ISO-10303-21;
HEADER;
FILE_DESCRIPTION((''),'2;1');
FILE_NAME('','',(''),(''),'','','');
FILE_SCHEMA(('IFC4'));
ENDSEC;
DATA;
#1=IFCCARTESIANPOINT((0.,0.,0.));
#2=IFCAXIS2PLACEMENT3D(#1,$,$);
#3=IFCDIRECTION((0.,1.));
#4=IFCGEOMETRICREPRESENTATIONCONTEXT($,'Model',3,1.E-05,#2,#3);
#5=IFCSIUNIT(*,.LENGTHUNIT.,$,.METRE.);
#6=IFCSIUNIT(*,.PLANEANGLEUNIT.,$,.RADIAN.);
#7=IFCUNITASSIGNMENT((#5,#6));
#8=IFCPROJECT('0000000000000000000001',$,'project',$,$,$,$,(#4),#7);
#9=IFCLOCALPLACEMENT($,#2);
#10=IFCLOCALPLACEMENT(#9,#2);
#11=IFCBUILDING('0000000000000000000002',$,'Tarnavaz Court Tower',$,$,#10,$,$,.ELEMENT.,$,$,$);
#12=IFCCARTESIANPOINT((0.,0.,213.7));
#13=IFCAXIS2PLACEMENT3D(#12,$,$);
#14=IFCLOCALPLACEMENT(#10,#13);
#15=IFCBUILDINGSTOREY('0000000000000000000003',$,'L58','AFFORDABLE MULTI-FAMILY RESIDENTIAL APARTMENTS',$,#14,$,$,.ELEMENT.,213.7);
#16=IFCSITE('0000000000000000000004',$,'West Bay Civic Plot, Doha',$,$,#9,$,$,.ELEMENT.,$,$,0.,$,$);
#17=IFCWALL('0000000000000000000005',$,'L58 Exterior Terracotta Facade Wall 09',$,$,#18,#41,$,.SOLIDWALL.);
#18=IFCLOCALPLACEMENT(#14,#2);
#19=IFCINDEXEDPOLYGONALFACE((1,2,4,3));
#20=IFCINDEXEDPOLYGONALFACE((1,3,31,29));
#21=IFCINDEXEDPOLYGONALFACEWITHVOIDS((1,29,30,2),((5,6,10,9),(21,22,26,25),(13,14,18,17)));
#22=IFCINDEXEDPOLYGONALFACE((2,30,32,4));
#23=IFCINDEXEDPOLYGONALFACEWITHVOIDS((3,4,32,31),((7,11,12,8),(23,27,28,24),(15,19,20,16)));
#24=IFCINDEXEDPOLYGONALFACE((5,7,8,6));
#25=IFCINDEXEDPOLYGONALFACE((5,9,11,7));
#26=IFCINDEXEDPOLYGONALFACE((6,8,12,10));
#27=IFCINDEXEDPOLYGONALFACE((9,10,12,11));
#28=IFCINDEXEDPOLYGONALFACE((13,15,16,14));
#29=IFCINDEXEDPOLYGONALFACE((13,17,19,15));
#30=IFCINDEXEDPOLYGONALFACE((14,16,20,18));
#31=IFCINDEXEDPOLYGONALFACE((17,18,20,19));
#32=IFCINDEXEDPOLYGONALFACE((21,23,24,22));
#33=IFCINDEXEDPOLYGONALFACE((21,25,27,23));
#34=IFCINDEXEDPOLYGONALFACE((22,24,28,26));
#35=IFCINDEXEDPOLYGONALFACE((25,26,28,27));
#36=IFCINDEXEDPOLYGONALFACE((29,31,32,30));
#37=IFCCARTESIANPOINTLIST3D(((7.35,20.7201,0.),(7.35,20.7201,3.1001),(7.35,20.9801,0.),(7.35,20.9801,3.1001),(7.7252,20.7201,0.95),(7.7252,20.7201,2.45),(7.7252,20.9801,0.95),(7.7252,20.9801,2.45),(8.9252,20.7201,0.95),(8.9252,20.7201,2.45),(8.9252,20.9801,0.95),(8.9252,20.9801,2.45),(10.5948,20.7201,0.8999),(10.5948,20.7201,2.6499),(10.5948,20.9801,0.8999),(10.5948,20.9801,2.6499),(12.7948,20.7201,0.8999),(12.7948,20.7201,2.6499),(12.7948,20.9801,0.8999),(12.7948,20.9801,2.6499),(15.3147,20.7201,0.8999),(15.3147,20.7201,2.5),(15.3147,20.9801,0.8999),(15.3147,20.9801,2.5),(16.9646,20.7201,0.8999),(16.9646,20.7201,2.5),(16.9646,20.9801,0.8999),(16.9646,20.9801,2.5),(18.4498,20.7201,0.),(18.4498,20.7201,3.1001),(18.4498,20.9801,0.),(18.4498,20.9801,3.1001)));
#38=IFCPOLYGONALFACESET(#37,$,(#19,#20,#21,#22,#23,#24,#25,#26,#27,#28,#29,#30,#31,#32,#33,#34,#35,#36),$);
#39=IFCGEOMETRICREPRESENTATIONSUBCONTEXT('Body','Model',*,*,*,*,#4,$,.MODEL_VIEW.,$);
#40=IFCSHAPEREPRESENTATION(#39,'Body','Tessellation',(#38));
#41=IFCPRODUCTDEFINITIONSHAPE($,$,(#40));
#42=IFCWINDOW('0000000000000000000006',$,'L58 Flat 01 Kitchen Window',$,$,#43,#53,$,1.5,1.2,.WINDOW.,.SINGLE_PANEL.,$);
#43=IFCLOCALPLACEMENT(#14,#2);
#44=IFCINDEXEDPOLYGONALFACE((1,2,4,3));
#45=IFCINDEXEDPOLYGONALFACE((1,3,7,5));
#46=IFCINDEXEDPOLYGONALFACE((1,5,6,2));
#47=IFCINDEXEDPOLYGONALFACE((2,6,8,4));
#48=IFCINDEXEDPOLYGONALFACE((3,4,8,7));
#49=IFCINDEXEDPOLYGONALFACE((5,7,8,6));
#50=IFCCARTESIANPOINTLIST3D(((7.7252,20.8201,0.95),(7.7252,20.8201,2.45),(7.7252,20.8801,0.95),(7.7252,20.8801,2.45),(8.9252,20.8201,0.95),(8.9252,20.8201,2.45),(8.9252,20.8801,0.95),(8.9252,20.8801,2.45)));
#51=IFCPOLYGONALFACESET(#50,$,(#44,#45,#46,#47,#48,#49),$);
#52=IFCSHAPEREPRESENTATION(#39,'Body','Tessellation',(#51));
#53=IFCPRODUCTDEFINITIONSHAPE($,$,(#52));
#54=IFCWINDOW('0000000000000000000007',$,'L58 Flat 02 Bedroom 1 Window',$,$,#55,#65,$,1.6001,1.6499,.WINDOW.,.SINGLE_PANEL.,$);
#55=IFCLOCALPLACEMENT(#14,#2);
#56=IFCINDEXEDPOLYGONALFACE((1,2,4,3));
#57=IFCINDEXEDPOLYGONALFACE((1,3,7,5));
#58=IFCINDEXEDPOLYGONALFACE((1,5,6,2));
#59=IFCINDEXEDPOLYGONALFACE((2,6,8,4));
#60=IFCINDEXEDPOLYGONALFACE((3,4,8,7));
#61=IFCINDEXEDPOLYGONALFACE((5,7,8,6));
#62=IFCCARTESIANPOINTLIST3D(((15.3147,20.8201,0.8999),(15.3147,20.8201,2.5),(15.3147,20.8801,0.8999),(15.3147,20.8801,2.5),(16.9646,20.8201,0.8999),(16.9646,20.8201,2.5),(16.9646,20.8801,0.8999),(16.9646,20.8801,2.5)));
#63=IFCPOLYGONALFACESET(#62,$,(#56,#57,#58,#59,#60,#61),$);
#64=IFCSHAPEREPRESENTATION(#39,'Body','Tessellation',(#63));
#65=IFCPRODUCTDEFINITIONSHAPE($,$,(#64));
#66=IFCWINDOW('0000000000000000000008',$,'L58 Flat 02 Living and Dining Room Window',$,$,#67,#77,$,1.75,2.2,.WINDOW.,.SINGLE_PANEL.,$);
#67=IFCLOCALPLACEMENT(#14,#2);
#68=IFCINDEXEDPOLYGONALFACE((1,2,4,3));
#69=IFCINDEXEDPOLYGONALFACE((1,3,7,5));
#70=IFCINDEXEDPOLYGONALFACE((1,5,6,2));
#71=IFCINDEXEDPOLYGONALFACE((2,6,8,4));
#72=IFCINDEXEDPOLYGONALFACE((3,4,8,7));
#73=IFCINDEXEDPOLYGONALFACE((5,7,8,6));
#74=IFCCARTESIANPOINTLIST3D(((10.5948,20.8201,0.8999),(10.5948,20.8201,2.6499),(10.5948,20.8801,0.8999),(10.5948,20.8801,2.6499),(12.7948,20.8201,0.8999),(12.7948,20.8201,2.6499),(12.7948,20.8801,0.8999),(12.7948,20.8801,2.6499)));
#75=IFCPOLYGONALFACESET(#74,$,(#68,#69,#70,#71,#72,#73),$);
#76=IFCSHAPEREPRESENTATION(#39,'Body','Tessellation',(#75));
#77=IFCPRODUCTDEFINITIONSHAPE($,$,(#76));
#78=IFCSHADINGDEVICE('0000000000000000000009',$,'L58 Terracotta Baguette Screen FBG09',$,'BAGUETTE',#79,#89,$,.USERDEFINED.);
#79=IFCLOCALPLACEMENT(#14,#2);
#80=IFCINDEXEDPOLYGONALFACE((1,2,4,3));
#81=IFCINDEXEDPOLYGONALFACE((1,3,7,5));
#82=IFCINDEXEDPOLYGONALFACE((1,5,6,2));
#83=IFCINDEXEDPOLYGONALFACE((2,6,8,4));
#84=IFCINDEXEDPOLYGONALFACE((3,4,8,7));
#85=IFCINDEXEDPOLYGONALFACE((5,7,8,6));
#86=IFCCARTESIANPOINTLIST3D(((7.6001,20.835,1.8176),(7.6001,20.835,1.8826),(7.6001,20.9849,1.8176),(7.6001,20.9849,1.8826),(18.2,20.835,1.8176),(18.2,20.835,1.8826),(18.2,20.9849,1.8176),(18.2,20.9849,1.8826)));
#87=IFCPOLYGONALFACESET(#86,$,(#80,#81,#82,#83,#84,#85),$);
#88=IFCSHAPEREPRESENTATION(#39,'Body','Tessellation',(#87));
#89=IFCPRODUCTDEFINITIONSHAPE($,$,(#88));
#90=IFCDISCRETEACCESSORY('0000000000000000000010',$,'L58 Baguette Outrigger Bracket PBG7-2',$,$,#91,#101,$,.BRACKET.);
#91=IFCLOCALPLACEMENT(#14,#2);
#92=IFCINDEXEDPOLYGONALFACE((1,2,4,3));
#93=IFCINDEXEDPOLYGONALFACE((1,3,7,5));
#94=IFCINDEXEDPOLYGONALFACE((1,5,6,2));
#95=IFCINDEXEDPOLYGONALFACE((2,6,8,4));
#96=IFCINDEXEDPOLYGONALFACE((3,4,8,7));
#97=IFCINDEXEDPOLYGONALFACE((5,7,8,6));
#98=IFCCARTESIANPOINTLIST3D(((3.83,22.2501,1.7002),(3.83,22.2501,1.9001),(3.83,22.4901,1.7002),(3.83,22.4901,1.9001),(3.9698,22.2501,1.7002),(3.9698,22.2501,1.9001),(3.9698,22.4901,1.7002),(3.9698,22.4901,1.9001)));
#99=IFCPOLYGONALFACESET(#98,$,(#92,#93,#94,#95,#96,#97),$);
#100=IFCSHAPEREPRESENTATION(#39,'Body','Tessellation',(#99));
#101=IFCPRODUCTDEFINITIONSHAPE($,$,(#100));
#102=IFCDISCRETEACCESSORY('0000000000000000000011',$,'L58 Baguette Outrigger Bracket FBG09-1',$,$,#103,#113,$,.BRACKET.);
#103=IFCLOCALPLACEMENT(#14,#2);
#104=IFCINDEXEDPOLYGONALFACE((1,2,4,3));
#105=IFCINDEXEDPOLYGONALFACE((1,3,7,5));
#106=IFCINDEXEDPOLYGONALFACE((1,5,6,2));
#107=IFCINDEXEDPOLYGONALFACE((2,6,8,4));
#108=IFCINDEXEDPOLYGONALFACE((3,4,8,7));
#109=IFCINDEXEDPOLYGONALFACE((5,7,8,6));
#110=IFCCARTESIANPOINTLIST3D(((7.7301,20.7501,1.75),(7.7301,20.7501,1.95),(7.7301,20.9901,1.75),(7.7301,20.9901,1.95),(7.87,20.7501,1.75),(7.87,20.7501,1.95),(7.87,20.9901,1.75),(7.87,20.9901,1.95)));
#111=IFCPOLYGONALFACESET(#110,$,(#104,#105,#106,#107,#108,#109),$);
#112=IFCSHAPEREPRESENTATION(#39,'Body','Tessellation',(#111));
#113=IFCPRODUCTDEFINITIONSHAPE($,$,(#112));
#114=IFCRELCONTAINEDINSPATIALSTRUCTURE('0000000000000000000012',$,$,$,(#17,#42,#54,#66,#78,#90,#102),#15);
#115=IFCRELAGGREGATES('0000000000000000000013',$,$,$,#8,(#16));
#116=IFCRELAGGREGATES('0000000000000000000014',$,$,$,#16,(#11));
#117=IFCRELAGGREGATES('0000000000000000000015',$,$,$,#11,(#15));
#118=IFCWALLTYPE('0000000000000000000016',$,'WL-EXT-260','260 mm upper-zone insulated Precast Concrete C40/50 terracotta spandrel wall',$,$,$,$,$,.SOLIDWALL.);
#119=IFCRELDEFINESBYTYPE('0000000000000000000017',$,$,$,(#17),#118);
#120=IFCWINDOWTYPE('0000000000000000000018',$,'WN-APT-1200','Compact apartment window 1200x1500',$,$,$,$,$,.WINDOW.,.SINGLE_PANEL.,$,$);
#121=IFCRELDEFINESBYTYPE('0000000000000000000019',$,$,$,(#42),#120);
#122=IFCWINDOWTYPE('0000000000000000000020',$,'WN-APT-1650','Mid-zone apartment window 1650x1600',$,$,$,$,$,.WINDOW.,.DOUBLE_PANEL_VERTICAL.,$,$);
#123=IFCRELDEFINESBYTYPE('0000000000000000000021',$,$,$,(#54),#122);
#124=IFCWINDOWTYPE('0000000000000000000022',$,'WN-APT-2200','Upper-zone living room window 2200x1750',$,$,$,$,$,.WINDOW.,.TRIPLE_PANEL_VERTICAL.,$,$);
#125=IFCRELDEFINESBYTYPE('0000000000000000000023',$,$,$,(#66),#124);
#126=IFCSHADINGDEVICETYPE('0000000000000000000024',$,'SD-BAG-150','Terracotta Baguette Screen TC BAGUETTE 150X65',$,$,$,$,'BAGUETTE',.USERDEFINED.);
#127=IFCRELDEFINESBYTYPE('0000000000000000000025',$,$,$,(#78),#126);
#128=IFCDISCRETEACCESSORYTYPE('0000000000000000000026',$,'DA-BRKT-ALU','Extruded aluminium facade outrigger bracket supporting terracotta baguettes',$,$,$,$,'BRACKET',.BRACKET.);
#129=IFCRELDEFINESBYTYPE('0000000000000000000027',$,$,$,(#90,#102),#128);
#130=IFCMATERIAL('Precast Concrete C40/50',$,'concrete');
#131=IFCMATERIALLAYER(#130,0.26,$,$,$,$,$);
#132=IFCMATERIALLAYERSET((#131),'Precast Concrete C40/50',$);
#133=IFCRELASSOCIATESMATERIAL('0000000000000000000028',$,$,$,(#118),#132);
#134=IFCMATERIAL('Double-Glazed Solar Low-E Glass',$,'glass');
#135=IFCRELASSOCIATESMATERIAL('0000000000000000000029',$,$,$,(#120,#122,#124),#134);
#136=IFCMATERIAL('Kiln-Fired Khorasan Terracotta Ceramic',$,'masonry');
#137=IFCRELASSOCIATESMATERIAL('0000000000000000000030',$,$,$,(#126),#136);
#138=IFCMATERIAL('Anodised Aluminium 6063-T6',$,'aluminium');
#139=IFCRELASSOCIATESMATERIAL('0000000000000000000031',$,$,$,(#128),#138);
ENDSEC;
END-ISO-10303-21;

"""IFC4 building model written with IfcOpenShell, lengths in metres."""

from ifc_helpers import new_model, si_unit, direction, frame, frame_2d, origin, origin_2d, place, context, subcontext, project, spatial, rectangle, extrude, material, layer, layer_set, material_profile, profile_set, type_object, element, fill, save


model = new_model("IFC4")

# Units and contexts
model_context = context("Model", 3, precision=1e-05, world=origin(), true_north=direction((0.0, 1.0)))
body_context = subcontext(model_context, "Body", "Model", "MODEL_VIEW")
ifc_project = project(units=[si_unit("LENGTHUNIT", "METRE"), si_unit("PLANEANGLEUNIT", "RADIAN")], contexts=[model_context])

# Site, building, storey
site_placement = place(None, origin())
site = spatial("IfcSite", under=ifc_project, at=site_placement, Name="West Bay Civic Plot, Doha", CompositionType="ELEMENT", RefElevation=0.0)
building_placement = place(site_placement, origin())
building = spatial("IfcBuilding", under=site, at=building_placement, Name="Tarnavaz Court Tower", CompositionType="ELEMENT")
storey_placement = place(building_placement, frame((0.0, 0.0, 213.7)))
storey = spatial("IfcBuildingStorey", under=building, at=storey_placement, Name="L58", Description="AFFORDABLE MULTI-FAMILY RESIDENTIAL APARTMENTS", CompositionType="ELEMENT", Elevation=213.7)

# Shared definitions
ifc_material_1 = material(Name="Anodised Aluminium 6063-T6", Category="aluminium")
ifc_material_2 = material(Name="Double-Glazed Solar Low-E Glass", Category="glass")

# Shared definitions
ifc_material_3 = material(Name="Precast Concrete C40/50", Category="concrete")
ifc_layer_1 = layer(ifc_material_3, 0.26)
ifc_layer_set_1 = layer_set([ifc_layer_1], Name="Precast Concrete C40/50")
wall_type = type_object("IfcWallType", Name="WL-EXT-260", Description="260 mm upper-zone insulated Precast Concrete C40/50 terracotta spandrel wall", PredefinedType="SOLIDWALL", material=ifc_layer_set_1)
window_type_1 = type_object("IfcWindowType", Name="WN-APT-1200", Description="Compact apartment window 1200x1500", PartitioningType="SINGLE_PANEL", PredefinedType="WINDOW", material=ifc_material_2)

# Wall, openings, windows
wall_1_placement = place(storey_placement, frame((7.3501, 20.8501, 0.0), z_axis=(0.0, 0.0, 1.0), x_axis=(1.0, 0.0, 0.0)))
wall_1 = element("IfcWall", 1, at=wall_1_placement, inside=storey, type_object=wall_type, Name="L58 Exterior Terracotta Facade Wall 09", PredefinedType="SOLIDWALL", context=body_context, shape_type="SweptSolid", body=[
    extrude(rectangle(XDim=11.0999, YDim=0.26, at=frame_2d((5.5498, 0.0))), origin(), (0.0, 0.0, 1.0), 3.1001),
])
opening_1_placement = place(wall_1_placement, frame((0.375, 0.0, 0.95)))
opening_1 = element("IfcOpeningElement", 2, at=opening_1_placement, cuts=wall_1, PredefinedType="OPENING", context=body_context, shape_type="SweptSolid", body=[
    extrude(rectangle(XDim=1.2, YDim=1.5, at=frame_2d((0.6001, 0.75))), frame((0.0, 0.1399, 0.0), z_axis=(0.0, -1.0, 0.0), x_axis=(1.0, 0.0, 0.0)), (0.0, 0.0, 1.0), 0.28),
])
opening_2_placement = place(wall_1_placement, frame((3.2446, 0.0, 0.8999)))
opening_2 = element("IfcOpeningElement", 3, at=opening_2_placement, cuts=wall_1, PredefinedType="OPENING", context=body_context, shape_type="SweptSolid", body=[
    extrude(rectangle(XDim=2.2, YDim=1.75, at=frame_2d((1.1001, 0.875))), frame((0.0, 0.1399, 0.0), z_axis=(0.0, -1.0, 0.0), x_axis=(1.0, 0.0, 0.0)), (0.0, 0.0, 1.0), 0.28),
])
opening_3_placement = place(wall_1_placement, frame((7.9646, 0.0, 0.8999)))
opening_3 = element("IfcOpeningElement", 4, at=opening_3_placement, cuts=wall_1, PredefinedType="OPENING", context=body_context, shape_type="SweptSolid", body=[
    extrude(rectangle(XDim=1.6499, YDim=1.6001, at=frame_2d((0.825, 0.8))), frame((0.0, 0.1399, 0.0), z_axis=(0.0, -1.0, 0.0), x_axis=(1.0, 0.0, 0.0)), (0.0, 0.0, 1.0), 0.28),
])
window_1_placement = place(opening_1_placement, origin())
window_1 = element("IfcWindow", 5, at=window_1_placement, inside=storey, type_object=window_type_1, Name="L58 Flat 01 Kitchen Window", OverallHeight=1.5, OverallWidth=1.2, PartitioningType="SINGLE_PANEL", PredefinedType="WINDOW", context=body_context, shape_type="SweptSolid", body=[
    extrude(rectangle(XDim=1.2, YDim=1.5, at=frame_2d((0.6001, 0.75))), frame((0.0, 0.03, 0.0), z_axis=(0.0, -1.0, 0.0), x_axis=(1.0, 0.0, 0.0)), (0.0, 0.0, 1.0), 0.0601),
])
fill(opening_1, window_1)
window_type_2 = type_object("IfcWindowType", Name="WN-APT-1650", Description="Mid-zone apartment window 1650x1600", PartitioningType="DOUBLE_PANEL_VERTICAL", PredefinedType="WINDOW", material=ifc_material_2)
window_2_placement = place(opening_3_placement, origin())
window_2 = element("IfcWindow", 6, at=window_2_placement, inside=storey, type_object=window_type_2, Name="L58 Flat 02 Bedroom 1 Window", OverallHeight=1.6001, OverallWidth=1.6499, PartitioningType="SINGLE_PANEL", PredefinedType="WINDOW", context=body_context, shape_type="SweptSolid", body=[
    extrude(rectangle(XDim=1.6499, YDim=1.6001, at=frame_2d((0.825, 0.8))), frame((0.0, 0.03, 0.0), z_axis=(0.0, -1.0, 0.0), x_axis=(1.0, 0.0, 0.0)), (0.0, 0.0, 1.0), 0.0601),
])
fill(opening_3, window_2)
window_type_3 = type_object("IfcWindowType", Name="WN-APT-2200", Description="Upper-zone living room window 2200x1750", PartitioningType="TRIPLE_PANEL_VERTICAL", PredefinedType="WINDOW", material=ifc_material_2)
window_3_placement = place(opening_2_placement, origin())
window_3 = element("IfcWindow", 7, at=window_3_placement, inside=storey, type_object=window_type_3, Name="L58 Flat 02 Living and Dining Room Window", OverallHeight=1.75, OverallWidth=2.2, PartitioningType="SINGLE_PANEL", PredefinedType="WINDOW", context=body_context, shape_type="SweptSolid", body=[
    extrude(rectangle(XDim=2.2, YDim=1.75, at=frame_2d((1.1001, 0.875))), frame((0.0, 0.03, 0.0), z_axis=(0.0, -1.0, 0.0), x_axis=(1.0, 0.0, 0.0)), (0.0, 0.0, 1.0), 0.0601),
])
fill(opening_2, window_3)

# Shading device
ifc_material_4 = material(Name="Kiln-Fired Khorasan Terracotta Ceramic", Category="masonry")
ifc_material_profile_1 = material_profile(ifc_material_4, rectangle(XDim=0.1499, YDim=0.0649, at=origin_2d()), Name="TC BAGUETTE 150X65")
ifc_profile_set_1 = profile_set([ifc_material_profile_1], Name="Kiln-Fired Khorasan Terracotta Ceramic")
shading_device_type = type_object("IfcShadingDeviceType", Name="SD-BAG-150", Description="Terracotta Baguette Screen TC BAGUETTE 150X65", ElementType="BAGUETTE", PredefinedType="USERDEFINED", material=ifc_profile_set_1)
shading_device_placement = place(storey_placement, frame((7.6001, 20.9099, 1.8501), z_axis=(1.0, 0.0, 0.0), x_axis=(0.0, 1.0, 0.0)))
element("IfcShadingDevice", 8, at=shading_device_placement, inside=storey, type_object=shading_device_type, Name="L58 Terracotta Baguette Screen FBG09", ObjectType="BAGUETTE", PredefinedType="USERDEFINED", context=body_context, shape_type="SweptSolid", body=[
    extrude(rectangle(XDim=0.1499, YDim=0.0649, at=origin_2d()), origin(), (0.0, 0.0, 1.0), 10.5999),
])

# Discrete accessories
discrete_accessory_type = type_object("IfcDiscreteAccessoryType", Name="DA-BRKT-ALU", Description="Extruded aluminium facade outrigger bracket supporting terracotta baguettes", ElementType="BRACKET", PredefinedType="BRACKET", material=ifc_material_1)
for number, where, z_axis, x_axis, name in (
    (9, (3.8999, 22.3701, 1.7002), (0.0, 0.0, 1.0), (1.0, 0.0, 0.0), "L58 Baguette Outrigger Bracket PBG7-2"),
    (10, (7.8, 20.8701, 1.75), (0.0, 0.0, 1.0), (1.0, 0.0, 0.0), "L58 Baguette Outrigger Bracket FBG09-1"),
):
    element("IfcDiscreteAccessory", number, at=place(storey_placement, frame(where, z_axis=z_axis, x_axis=x_axis)), inside=storey, type_object=discrete_accessory_type, Name=name, PredefinedType="BRACKET", context=body_context, shape_type="SweptSolid", body=[
        extrude(rectangle(XDim=0.1399, YDim=0.24, at=origin_2d()), origin(), (0.0, 0.0, 1.0), 0.2),
    ])

save(model, "model.ifc")
